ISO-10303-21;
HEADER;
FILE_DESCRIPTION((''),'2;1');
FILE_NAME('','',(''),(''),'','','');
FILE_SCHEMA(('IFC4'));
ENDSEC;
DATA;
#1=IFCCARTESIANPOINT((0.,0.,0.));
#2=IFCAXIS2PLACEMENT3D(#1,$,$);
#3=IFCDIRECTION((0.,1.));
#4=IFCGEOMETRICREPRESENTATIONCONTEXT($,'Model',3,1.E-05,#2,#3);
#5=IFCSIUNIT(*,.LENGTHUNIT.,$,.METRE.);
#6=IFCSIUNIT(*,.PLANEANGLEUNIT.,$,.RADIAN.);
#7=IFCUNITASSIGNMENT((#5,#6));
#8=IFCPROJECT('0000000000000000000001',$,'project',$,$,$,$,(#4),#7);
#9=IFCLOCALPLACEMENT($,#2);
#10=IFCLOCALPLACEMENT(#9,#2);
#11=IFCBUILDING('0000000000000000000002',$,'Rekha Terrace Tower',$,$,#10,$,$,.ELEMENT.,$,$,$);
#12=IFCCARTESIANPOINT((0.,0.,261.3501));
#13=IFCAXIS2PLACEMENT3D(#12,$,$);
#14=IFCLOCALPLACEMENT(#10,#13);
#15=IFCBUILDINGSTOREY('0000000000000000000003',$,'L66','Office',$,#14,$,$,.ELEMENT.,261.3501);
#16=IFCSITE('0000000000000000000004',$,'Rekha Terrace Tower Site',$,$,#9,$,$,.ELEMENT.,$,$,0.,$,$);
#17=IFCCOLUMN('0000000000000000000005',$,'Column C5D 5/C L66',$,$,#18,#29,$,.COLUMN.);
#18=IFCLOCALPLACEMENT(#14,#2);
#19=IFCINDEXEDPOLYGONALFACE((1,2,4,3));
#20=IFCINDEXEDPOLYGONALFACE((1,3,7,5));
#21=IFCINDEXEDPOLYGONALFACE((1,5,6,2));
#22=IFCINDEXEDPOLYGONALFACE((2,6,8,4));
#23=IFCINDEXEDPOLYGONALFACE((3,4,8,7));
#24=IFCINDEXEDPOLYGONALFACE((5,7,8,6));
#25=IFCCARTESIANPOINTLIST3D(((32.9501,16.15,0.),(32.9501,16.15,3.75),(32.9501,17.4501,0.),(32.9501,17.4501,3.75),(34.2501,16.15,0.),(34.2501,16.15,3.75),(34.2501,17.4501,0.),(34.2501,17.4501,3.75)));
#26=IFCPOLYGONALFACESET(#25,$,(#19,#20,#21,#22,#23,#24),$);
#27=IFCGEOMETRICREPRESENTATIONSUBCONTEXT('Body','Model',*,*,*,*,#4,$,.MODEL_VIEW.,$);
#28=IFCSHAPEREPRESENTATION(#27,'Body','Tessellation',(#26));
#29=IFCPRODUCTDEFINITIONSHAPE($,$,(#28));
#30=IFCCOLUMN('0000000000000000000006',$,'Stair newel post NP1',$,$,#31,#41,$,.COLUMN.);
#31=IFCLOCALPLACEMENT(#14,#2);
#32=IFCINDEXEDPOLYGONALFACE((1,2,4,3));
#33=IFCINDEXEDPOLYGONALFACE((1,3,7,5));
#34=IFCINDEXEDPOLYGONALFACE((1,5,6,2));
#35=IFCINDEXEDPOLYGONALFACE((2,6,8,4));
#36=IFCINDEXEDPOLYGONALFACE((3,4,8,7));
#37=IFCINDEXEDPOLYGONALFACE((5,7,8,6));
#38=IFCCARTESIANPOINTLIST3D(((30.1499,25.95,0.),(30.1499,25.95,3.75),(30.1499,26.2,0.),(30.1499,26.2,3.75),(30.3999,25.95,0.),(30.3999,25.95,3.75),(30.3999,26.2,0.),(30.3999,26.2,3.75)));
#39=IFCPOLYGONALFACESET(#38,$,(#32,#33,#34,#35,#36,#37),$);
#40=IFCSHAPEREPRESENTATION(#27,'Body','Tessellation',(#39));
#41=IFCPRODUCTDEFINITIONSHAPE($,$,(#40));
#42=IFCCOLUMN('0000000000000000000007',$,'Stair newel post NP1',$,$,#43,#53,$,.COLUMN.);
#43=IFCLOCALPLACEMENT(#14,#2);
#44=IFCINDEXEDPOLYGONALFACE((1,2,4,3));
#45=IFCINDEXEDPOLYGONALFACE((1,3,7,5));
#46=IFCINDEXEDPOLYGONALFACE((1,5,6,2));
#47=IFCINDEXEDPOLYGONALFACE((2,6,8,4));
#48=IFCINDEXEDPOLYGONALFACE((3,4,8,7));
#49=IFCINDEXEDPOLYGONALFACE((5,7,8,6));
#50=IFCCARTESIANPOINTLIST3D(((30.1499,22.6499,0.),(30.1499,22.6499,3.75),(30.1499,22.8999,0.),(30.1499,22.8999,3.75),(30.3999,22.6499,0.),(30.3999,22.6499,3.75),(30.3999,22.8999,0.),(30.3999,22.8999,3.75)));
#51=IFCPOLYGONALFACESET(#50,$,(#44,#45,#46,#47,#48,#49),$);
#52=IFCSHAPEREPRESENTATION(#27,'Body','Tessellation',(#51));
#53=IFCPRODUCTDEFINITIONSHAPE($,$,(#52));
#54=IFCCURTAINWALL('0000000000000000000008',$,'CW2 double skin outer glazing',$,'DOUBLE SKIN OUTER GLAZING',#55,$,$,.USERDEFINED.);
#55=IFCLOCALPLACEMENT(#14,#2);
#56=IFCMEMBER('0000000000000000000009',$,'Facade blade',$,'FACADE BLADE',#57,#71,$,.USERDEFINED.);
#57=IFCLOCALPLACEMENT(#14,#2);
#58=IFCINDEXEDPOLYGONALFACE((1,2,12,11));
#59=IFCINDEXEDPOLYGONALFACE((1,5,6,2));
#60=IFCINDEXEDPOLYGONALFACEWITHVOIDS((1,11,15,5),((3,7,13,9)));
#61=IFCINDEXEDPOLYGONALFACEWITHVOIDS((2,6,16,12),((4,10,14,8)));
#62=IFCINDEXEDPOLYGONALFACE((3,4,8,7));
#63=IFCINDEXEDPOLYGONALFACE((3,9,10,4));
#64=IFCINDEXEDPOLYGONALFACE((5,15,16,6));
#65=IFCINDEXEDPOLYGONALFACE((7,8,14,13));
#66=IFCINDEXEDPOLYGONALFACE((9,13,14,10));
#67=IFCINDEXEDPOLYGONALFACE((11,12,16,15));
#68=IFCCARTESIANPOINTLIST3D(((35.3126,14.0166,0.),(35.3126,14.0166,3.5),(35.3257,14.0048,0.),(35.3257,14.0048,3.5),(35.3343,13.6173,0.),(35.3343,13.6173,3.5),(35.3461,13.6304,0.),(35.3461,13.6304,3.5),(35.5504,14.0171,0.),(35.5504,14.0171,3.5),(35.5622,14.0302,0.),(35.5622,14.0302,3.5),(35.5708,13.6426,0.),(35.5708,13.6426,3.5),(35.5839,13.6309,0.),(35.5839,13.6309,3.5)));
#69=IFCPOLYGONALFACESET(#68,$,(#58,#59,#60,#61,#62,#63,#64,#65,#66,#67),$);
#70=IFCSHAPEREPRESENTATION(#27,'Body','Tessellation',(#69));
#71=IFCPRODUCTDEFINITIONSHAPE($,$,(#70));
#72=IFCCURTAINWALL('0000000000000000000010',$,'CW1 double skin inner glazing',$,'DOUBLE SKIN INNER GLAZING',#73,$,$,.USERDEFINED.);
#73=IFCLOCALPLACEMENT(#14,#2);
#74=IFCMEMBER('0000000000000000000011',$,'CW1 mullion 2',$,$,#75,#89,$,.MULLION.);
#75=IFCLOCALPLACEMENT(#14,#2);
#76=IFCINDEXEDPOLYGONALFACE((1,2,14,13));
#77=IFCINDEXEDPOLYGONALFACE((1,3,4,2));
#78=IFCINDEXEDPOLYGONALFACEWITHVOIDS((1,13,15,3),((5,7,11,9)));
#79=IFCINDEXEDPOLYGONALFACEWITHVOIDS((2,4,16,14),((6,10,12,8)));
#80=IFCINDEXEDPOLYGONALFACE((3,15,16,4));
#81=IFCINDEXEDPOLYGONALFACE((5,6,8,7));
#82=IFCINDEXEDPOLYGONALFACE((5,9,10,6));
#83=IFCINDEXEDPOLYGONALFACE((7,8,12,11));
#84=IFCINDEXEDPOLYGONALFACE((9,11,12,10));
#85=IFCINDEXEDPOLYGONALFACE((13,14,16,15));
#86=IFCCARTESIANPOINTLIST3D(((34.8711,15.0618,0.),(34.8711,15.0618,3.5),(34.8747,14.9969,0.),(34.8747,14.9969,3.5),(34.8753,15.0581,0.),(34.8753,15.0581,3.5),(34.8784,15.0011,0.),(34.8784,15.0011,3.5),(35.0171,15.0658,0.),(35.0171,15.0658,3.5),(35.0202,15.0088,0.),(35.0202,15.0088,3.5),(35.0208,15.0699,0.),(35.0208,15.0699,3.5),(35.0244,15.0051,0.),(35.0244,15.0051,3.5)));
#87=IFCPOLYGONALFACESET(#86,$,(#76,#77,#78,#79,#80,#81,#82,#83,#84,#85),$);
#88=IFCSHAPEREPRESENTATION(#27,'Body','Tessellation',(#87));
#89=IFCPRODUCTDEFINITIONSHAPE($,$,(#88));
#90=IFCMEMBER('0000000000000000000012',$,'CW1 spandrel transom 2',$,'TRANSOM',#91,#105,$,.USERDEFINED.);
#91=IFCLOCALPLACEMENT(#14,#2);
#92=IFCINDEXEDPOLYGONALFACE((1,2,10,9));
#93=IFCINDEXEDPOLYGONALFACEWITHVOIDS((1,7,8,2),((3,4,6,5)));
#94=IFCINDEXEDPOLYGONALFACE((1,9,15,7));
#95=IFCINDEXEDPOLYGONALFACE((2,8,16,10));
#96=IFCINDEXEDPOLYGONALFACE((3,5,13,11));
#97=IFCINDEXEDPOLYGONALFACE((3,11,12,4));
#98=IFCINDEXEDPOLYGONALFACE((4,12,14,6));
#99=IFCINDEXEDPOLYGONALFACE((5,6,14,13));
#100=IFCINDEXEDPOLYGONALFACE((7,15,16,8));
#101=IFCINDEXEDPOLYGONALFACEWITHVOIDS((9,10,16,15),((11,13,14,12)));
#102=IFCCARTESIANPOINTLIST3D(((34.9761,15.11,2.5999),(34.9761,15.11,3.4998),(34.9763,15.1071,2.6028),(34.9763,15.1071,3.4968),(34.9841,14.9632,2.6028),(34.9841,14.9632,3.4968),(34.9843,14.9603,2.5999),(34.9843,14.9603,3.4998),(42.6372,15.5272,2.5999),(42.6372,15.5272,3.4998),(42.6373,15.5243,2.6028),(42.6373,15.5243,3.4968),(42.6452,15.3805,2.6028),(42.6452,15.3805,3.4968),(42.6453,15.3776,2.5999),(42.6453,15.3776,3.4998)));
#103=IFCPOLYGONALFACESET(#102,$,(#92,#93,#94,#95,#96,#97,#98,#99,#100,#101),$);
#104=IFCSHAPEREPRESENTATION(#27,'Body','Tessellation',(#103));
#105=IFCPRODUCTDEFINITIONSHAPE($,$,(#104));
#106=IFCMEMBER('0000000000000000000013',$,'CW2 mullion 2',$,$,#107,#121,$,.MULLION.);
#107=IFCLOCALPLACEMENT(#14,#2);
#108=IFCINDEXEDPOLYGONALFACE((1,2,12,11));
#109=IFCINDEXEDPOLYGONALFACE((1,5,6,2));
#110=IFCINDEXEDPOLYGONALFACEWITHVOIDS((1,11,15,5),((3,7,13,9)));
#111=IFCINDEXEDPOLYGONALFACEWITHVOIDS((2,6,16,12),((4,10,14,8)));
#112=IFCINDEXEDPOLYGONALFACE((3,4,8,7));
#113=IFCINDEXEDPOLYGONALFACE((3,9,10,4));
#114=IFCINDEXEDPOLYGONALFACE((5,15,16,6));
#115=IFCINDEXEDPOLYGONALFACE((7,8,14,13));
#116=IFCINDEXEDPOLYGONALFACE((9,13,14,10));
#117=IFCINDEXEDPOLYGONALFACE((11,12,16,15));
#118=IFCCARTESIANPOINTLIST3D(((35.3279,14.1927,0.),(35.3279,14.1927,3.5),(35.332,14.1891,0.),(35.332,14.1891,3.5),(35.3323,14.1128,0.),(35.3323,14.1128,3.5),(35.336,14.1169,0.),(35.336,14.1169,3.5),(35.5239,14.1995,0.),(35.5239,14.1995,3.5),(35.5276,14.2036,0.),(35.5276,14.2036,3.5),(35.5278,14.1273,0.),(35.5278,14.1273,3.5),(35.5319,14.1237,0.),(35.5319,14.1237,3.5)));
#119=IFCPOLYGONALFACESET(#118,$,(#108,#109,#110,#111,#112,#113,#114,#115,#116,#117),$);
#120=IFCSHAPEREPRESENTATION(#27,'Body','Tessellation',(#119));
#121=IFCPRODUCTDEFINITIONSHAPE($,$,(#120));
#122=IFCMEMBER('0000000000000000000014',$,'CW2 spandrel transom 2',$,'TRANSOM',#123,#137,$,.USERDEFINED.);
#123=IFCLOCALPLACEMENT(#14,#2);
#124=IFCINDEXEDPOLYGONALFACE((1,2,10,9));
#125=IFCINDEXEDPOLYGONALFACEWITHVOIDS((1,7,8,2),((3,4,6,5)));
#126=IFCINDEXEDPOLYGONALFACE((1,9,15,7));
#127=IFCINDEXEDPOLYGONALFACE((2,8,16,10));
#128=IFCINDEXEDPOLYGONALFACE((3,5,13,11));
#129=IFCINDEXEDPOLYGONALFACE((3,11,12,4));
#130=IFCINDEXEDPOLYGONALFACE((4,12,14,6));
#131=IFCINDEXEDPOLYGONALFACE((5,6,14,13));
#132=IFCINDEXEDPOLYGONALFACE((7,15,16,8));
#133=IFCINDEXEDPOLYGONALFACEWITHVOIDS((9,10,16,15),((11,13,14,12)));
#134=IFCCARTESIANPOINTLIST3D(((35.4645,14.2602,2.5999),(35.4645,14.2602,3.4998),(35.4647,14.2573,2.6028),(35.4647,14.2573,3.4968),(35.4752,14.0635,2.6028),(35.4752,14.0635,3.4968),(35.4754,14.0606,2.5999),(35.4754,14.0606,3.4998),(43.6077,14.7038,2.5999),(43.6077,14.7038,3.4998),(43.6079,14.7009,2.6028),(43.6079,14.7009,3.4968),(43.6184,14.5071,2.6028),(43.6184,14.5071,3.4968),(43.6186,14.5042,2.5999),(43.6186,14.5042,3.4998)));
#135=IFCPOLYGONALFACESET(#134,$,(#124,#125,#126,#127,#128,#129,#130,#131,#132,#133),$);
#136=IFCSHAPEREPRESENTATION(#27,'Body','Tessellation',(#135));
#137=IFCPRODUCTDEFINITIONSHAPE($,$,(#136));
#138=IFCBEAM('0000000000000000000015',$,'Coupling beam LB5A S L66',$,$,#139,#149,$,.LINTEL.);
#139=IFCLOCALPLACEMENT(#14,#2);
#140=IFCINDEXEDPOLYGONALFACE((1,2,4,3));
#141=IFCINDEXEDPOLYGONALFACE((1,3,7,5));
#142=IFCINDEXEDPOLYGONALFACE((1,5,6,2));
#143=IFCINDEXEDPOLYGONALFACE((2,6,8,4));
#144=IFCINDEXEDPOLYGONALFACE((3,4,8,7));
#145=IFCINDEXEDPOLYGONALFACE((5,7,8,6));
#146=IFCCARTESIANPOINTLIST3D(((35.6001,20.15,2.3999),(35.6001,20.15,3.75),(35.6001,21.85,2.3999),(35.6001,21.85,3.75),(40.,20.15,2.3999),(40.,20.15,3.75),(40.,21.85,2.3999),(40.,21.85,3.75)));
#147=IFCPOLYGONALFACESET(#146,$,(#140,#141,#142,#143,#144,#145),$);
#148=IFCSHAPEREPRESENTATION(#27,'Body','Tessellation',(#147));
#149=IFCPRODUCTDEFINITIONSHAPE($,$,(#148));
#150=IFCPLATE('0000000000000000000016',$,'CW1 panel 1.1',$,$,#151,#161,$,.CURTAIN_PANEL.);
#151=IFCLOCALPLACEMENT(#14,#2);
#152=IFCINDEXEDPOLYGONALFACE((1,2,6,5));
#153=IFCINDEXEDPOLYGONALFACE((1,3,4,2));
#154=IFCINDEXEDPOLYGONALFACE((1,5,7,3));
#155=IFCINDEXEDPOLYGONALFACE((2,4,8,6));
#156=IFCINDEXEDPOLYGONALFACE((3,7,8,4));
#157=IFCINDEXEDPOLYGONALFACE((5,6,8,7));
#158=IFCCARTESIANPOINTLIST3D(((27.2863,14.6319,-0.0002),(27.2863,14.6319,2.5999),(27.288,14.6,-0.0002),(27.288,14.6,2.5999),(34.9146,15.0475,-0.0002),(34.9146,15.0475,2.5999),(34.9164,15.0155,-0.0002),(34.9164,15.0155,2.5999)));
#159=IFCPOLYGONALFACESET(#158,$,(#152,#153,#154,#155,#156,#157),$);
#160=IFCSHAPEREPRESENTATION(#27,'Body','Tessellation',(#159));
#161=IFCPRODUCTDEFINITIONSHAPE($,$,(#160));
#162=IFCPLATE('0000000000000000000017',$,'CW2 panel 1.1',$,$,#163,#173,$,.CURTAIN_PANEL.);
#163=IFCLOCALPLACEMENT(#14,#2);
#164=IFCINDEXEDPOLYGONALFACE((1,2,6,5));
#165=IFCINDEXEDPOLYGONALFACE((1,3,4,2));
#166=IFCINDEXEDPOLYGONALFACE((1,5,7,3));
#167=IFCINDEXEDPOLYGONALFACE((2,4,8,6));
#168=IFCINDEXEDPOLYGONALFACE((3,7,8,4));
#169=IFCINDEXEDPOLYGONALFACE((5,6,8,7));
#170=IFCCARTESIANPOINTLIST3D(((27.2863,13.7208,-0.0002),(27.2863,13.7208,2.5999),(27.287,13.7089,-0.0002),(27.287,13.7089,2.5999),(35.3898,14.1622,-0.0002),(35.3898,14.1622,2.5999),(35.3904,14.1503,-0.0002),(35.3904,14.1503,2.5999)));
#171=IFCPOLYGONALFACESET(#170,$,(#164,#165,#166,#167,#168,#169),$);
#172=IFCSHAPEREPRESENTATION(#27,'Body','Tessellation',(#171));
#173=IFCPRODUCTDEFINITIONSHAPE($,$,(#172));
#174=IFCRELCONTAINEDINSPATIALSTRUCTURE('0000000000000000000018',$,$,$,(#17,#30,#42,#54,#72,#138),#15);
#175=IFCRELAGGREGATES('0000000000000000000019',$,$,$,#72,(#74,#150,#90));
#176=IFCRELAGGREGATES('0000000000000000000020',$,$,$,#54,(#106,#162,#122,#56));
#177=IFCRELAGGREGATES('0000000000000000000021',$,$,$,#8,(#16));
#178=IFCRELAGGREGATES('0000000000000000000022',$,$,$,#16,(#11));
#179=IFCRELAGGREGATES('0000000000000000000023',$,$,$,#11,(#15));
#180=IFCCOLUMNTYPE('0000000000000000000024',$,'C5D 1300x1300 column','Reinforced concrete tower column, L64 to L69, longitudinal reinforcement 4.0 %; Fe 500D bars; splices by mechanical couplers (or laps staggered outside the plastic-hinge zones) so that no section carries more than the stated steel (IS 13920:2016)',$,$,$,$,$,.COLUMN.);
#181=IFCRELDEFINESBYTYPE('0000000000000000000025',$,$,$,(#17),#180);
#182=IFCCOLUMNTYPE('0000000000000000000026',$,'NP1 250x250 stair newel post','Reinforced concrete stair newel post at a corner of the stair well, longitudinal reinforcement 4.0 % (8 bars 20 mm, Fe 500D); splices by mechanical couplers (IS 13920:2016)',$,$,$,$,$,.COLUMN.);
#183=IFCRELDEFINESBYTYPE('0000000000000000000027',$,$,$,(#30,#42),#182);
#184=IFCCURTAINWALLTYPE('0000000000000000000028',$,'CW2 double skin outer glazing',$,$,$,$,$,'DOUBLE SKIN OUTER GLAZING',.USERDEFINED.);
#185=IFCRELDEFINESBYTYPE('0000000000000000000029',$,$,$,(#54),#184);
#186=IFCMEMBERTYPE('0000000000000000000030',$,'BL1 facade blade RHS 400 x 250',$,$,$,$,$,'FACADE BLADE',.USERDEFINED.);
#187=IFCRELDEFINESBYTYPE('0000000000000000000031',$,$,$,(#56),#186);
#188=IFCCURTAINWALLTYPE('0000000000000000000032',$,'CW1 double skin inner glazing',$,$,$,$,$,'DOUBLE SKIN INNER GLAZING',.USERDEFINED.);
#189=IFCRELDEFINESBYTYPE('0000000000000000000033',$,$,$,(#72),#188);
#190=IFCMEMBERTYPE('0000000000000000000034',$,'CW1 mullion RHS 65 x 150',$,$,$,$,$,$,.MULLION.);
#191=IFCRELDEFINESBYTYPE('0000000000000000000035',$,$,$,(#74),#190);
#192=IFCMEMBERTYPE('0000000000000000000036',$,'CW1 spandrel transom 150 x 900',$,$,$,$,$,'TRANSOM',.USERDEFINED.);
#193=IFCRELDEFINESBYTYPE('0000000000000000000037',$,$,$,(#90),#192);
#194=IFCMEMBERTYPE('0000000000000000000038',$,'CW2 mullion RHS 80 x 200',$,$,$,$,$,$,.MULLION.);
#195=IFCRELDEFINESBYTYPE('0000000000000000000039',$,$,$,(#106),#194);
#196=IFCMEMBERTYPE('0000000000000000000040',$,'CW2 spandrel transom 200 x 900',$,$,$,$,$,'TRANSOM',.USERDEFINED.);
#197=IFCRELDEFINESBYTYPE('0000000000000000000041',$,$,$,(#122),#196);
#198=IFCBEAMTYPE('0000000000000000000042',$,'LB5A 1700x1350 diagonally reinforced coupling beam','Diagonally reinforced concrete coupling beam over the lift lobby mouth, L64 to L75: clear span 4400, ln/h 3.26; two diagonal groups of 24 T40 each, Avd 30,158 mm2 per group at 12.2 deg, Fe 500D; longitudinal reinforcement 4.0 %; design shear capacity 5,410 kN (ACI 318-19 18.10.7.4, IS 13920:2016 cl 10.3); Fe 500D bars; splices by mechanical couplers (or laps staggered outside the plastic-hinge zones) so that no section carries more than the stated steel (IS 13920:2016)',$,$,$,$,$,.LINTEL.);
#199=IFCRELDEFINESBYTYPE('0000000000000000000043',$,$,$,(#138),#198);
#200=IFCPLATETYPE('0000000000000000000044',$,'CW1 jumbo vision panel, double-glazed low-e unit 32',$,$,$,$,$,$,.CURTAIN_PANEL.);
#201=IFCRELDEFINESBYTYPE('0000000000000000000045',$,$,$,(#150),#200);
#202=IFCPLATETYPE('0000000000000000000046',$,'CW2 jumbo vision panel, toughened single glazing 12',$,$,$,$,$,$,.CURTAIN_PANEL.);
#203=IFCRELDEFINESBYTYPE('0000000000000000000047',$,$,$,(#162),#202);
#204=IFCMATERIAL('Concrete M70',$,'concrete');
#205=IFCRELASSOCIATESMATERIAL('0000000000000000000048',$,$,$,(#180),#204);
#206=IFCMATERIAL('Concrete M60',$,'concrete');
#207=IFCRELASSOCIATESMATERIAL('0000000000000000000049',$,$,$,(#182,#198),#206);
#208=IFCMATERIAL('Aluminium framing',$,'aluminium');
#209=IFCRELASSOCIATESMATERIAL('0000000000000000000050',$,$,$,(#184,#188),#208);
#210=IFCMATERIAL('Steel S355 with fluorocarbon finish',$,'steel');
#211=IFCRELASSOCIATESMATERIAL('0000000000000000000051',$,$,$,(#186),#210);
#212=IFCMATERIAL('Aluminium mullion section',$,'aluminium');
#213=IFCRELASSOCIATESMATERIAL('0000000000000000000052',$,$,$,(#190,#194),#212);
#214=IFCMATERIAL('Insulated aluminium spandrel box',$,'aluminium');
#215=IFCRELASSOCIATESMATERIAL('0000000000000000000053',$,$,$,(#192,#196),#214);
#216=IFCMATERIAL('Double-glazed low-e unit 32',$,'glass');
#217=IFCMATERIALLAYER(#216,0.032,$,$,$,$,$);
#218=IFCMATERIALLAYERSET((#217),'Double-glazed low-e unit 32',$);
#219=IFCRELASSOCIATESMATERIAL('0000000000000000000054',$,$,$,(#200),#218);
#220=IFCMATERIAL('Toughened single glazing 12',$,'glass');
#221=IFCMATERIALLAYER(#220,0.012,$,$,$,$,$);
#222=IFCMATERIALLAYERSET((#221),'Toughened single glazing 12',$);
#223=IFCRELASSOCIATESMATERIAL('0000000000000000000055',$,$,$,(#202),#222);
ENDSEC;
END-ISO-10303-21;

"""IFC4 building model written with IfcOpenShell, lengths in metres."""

from ifc_helpers import new_model, si_unit, direction, frame, origin, origin_2d, place, context, subcontext, project, spatial, rectangle, hollow_rectangle, extrude, material, layer, layer_set, material_profile, profile_set, type_object, element, aggregate, save


model = new_model("IFC4")

# Units and contexts
model_context = context("Model", 3, precision=1e-05, world=origin(), true_north=direction((0.0, 1.0)))
body_context = subcontext(model_context, "Body", "Model", "MODEL_VIEW")
ifc_project = project(units=[si_unit("LENGTHUNIT", "METRE"), si_unit("PLANEANGLEUNIT", "RADIAN")], contexts=[model_context])

# Site, building, storey
site_placement = place(None, origin())
site = spatial("IfcSite", under=ifc_project, at=site_placement, Name="Rekha Terrace Tower Site", CompositionType="ELEMENT", RefElevation=0.0)
building_placement = place(site_placement, origin())
building = spatial("IfcBuilding", under=site, at=building_placement, Name="Rekha Terrace Tower", CompositionType="ELEMENT")
storey_placement = place(building_placement, frame((0.0, 0.0, 261.3501)))
storey = spatial("IfcBuildingStorey", under=building, at=storey_placement, Name="L66", Description="Office", CompositionType="ELEMENT", Elevation=261.3501)

# Columns
ifc_material_1 = material(Name="Concrete M70", Category="concrete")
ifc_material_profile_1 = material_profile(ifc_material_1, rectangle(XDim=1.3, YDim=1.3, at=origin_2d()), Name="RC 1300x1300")
ifc_profile_set_1 = profile_set([ifc_material_profile_1], Name="Concrete M70")
column_type_1 = type_object("IfcColumnType", Name="C5D 1300x1300 column", Description="Reinforced concrete tower column, L64 to L69, longitudinal reinforcement 4.0 %; Fe 500D bars; splices by mechanical couplers (or laps staggered outside the plastic-hinge zones) so that no section carries more than the stated steel (IS 13920:2016)", PredefinedType="COLUMN", material=ifc_profile_set_1)
column_placement = place(storey_placement, frame((33.6001, 16.8, 0.0), z_axis=(0.0, 0.0, 1.0), x_axis=(1.0, 0.0, 0.0)))
element("IfcColumn", 1, at=column_placement, inside=storey, type_object=column_type_1, Name="Column C5D 5/C L66", PredefinedType="COLUMN", context=body_context, shape_type="SweptSolid", body=[
    extrude(rectangle(XDim=1.3, YDim=1.3, at=origin_2d()), origin(), (0.0, 0.0, 1.0), 3.75),
])
ifc_material_2 = material(Name="Concrete M60", Category="concrete")
ifc_material_profile_2 = material_profile(ifc_material_2, rectangle(XDim=0.25, YDim=0.25, at=origin_2d()), Name="RC 250x250")
ifc_profile_set_2 = profile_set([ifc_material_profile_2], Name="Concrete M60")
column_type_2 = type_object("IfcColumnType", Name="NP1 250x250 stair newel post", Description="Reinforced concrete stair newel post at a corner of the stair well, longitudinal reinforcement 4.0 % (8 bars 20 mm, Fe 500D); splices by mechanical couplers (IS 13920:2016)", PredefinedType="COLUMN", material=ifc_profile_set_2)
for number, where, z_axis, x_axis, name in (
    (2, (30.2749, 26.075, 0.0), (0.0, 0.0, 1.0), (1.0, 0.0, 0.0), "Stair newel post NP1"),
    (3, (30.2749, 22.7749, 0.0), (0.0, 0.0, 1.0), (1.0, 0.0, 0.0), "Stair newel post NP1"),
):
    element("IfcColumn", number, at=place(storey_placement, frame(where, z_axis=z_axis, x_axis=x_axis)), inside=storey, type_object=column_type_2, Name=name, PredefinedType="COLUMN", context=body_context, shape_type="SweptSolid", body=[
        extrude(rectangle(XDim=0.25, YDim=0.25, at=origin_2d()), origin(), (0.0, 0.0, 1.0), 3.75),
    ])

# Curtain wall, member
ifc_material_3 = material(Name="Aluminium framing", Category="aluminium")
curtain_wall_type_1 = type_object("IfcCurtainWallType", Name="CW2 double skin outer glazing", ElementType="DOUBLE SKIN OUTER GLAZING", PredefinedType="USERDEFINED", material=ifc_material_3)
curtain_wall_1_placement = place(storey_placement, origin())
curtain_wall_1 = element("IfcCurtainWall", 4, at=curtain_wall_1_placement, inside=storey, type_object=curtain_wall_type_1, Name="CW2 double skin outer glazing", ObjectType="DOUBLE SKIN OUTER GLAZING", PredefinedType="USERDEFINED")
ifc_material_4 = material(Name="Steel S355 with fluorocarbon finish", Category="steel")
ifc_material_profile_3 = material_profile(ifc_material_4, hollow_rectangle(XDim=0.25, YDim=0.3999, WallThickness=0.0125, at=origin_2d()), Name="RHS400x250x12.5")
ifc_profile_set_3 = profile_set([ifc_material_profile_3], Name="Steel S355 with fluorocarbon finish")
member_type_1 = type_object("IfcMemberType", Name="BL1 facade blade RHS 400 x 250", ElementType="FACADE BLADE", PredefinedType="USERDEFINED", material=ifc_profile_set_3)
member_1_placement = place(storey_placement, frame((35.4482, 13.8237, 0.0), z_axis=(0.0, 0.0, 1.0), x_axis=(0.99852, 0.054389, 0.0)))
member_1 = element("IfcMember", 5, at=member_1_placement, type_object=member_type_1, Name="Facade blade", ObjectType="FACADE BLADE", PredefinedType="USERDEFINED", context=body_context, shape_type="SweptSolid", body=[
    extrude(hollow_rectangle(XDim=0.25, YDim=0.3999, WallThickness=0.0125, at=origin_2d()), origin(), (0.0, 0.0, 1.0), 3.5),
])

# Curtain wall, members
curtain_wall_type_2 = type_object("IfcCurtainWallType", Name="CW1 double skin inner glazing", ElementType="DOUBLE SKIN INNER GLAZING", PredefinedType="USERDEFINED", material=ifc_material_3)
curtain_wall_2_placement = place(storey_placement, origin())
curtain_wall_2 = element("IfcCurtainWall", 6, at=curtain_wall_2_placement, inside=storey, type_object=curtain_wall_type_2, Name="CW1 double skin inner glazing", ObjectType="DOUBLE SKIN INNER GLAZING", PredefinedType="USERDEFINED")
ifc_material_5 = material(Name="Aluminium mullion section", Category="aluminium")
ifc_material_profile_4 = material_profile(ifc_material_5, hollow_rectangle(XDim=0.0649, YDim=0.1499, WallThickness=0.0039, at=origin_2d()), Name="AL RHS 65x150")
ifc_profile_set_4 = profile_set([ifc_material_profile_4], Name="Aluminium mullion section")
member_type_2 = type_object("IfcMemberType", Name="CW1 mullion RHS 65 x 150", PredefinedType="MULLION", material=ifc_profile_set_4)
member_2_placement = place(storey_placement, frame((34.9478, 15.0334, 0.0), z_axis=(0.0, 0.0, 1.0), x_axis=(-0.054389, 0.99852, 0.0)))
member_2 = element("IfcMember", 7, at=member_2_placement, type_object=member_type_2, Name="CW1 mullion 2", PredefinedType="MULLION", context=body_context, shape_type="SweptSolid", body=[
    extrude(hollow_rectangle(XDim=0.0649, YDim=0.1499, WallThickness=0.0039, at=origin_2d()), origin(), (0.0, 0.0, 1.0), 3.5),
])
ifc_material_6 = material(Name="Insulated aluminium spandrel box", Category="aluminium")
ifc_material_profile_5 = material_profile(ifc_material_6, hollow_rectangle(XDim=0.1499, YDim=0.8999, WallThickness=0.0029, at=origin_2d()), Name="AL SPANDREL BOX 150x900")
ifc_profile_set_5 = profile_set([ifc_material_profile_5], Name="Insulated aluminium spandrel box")
member_type_3 = type_object("IfcMemberType", Name="CW1 spandrel transom 150 x 900", ElementType="TRANSOM", PredefinedType="USERDEFINED", material=ifc_profile_set_5)
member_3_placement = place(storey_placement, frame((34.9802, 15.0352, 3.0498), z_axis=(0.99852, 0.054383, 0.0), x_axis=(-0.054383, 0.99852, 0.0)))
member_3 = element("IfcMember", 8, at=member_3_placement, type_object=member_type_3, Name="CW1 spandrel transom 2", ObjectType="TRANSOM", PredefinedType="USERDEFINED", context=body_context, shape_type="SweptSolid", body=[
    extrude(hollow_rectangle(XDim=0.1499, YDim=0.8999, WallThickness=0.0029, at=origin_2d()), origin(), (0.0, 0.0, 1.0), 7.6724),
])

# Members
ifc_material_profile_6 = material_profile(ifc_material_5, hollow_rectangle(XDim=0.0801, YDim=0.2, WallThickness=0.0039, at=origin_2d()), Name="AL RHS 80x200")
ifc_profile_set_6 = profile_set([ifc_material_profile_6], Name="Aluminium mullion section")
member_type_4 = type_object("IfcMemberType", Name="CW2 mullion RHS 80 x 200", PredefinedType="MULLION", material=ifc_profile_set_6)
member_4_placement = place(storey_placement, frame((35.4299, 14.1582, 0.0), z_axis=(0.0, 0.0, 1.0), x_axis=(-0.054389, 0.99852, 0.0)))
member_4 = element("IfcMember", 9, at=member_4_placement, type_object=member_type_4, Name="CW2 mullion 2", PredefinedType="MULLION", context=body_context, shape_type="SweptSolid", body=[
    extrude(hollow_rectangle(XDim=0.0801, YDim=0.2, WallThickness=0.0039, at=origin_2d()), origin(), (0.0, 0.0, 1.0), 3.5),
])
ifc_material_profile_7 = material_profile(ifc_material_6, hollow_rectangle(XDim=0.2, YDim=0.8999, WallThickness=0.0029, at=origin_2d()), Name="AL SPANDREL BOX 200x900")
ifc_profile_set_7 = profile_set([ifc_material_profile_7], Name="Insulated aluminium spandrel box")
member_type_5 = type_object("IfcMemberType", Name="CW2 spandrel transom 200 x 900", ElementType="TRANSOM", PredefinedType="USERDEFINED", material=ifc_profile_set_7)
member_5_placement = place(storey_placement, frame((35.47, 14.1604, 3.0498), z_axis=(0.99852, 0.054394, 0.0), x_axis=(-0.054394, 0.99852, 0.0)))
member_5 = element("IfcMember", 10, at=member_5_placement, type_object=member_type_5, Name="CW2 spandrel transom 2", ObjectType="TRANSOM", PredefinedType="USERDEFINED", context=body_context, shape_type="SweptSolid", body=[
    extrude(hollow_rectangle(XDim=0.2, YDim=0.8999, WallThickness=0.0029, at=origin_2d()), origin(), (0.0, 0.0, 1.0), 8.1553),
])

# Beam
ifc_material_profile_8 = material_profile(ifc_material_2, rectangle(XDim=1.7, YDim=1.3501, at=origin_2d()), Name="RC 1700x1350")
ifc_profile_set_8 = profile_set([ifc_material_profile_8], Name="Concrete M60")
beam_type = type_object("IfcBeamType", Name="LB5A 1700x1350 diagonally reinforced coupling beam", Description="Diagonally reinforced concrete coupling beam over the lift lobby mouth, L64 to L75: clear span 4400, ln/h 3.26; two diagonal groups of 24 T40 each, Avd 30,158 mm2 per group at 12.2 deg, Fe 500D; longitudinal reinforcement 4.0 %; design shear capacity 5,410 kN (ACI 318-19 18.10.7.4, IS 13920:2016 cl 10.3); Fe 500D bars; splices by mechanical couplers (or laps staggered outside the plastic-hinge zones) so that no section carries more than the stated steel (IS 13920:2016)", PredefinedType="LINTEL", material=ifc_profile_set_8)
beam_placement = place(storey_placement, frame((35.6001, 21.0, 3.075), z_axis=(1.0, 0.0, 0.0), x_axis=(0.0, 1.0, 0.0)))
element("IfcBeam", 11, at=beam_placement, inside=storey, type_object=beam_type, Name="Coupling beam LB5A S L66", PredefinedType="LINTEL", context=body_context, shape_type="SweptSolid", body=[
    extrude(rectangle(XDim=1.7, YDim=1.3501, at=origin_2d()), origin(), (0.0, 0.0, 1.0), 4.3999),
])

# Plates
ifc_material_7 = material(Name="Double-glazed low-e unit 32", Category="glass")
ifc_layer_1 = layer(ifc_material_7, 0.032)
ifc_layer_set_1 = layer_set([ifc_layer_1], Name="Double-glazed low-e unit 32")
plate_type_1 = type_object("IfcPlateType", Name="CW1 jumbo vision panel, double-glazed low-e unit 32", PredefinedType="CURTAIN_PANEL", material=ifc_layer_set_1)
plate_1_placement = place(storey_placement, frame((31.1013, 14.8237, -0.0002), z_axis=(0.0, 0.0, 1.0), x_axis=(0.99852, 0.054389, 0.0)))
plate_1 = element("IfcPlate", 12, at=plate_1_placement, type_object=plate_type_1, Name="CW1 panel 1.1", PredefinedType="CURTAIN_PANEL", context=body_context, shape_type="SweptSolid", body=[
    extrude(rectangle(XDim=7.6396, YDim=0.032, at=origin_2d()), origin(), (0.0, 0.0, 1.0), 2.6001),
])
aggregate(curtain_wall_2, [member_2, plate_1, member_3])
ifc_material_8 = material(Name="Toughened single glazing 12", Category="glass")
ifc_layer_2 = layer(ifc_material_8, 0.012)
ifc_layer_set_2 = layer_set([ifc_layer_2], Name="Toughened single glazing 12")
plate_type_2 = type_object("IfcPlateType", Name="CW2 jumbo vision panel, toughened single glazing 12", PredefinedType="CURTAIN_PANEL", material=ifc_layer_set_2)
plate_2_placement = place(storey_placement, frame((31.3384, 13.9355, -0.0002), z_axis=(0.0, 0.0, 1.0), x_axis=(0.99852, 0.054389, 0.0)))
plate_2 = element("IfcPlate", 13, at=plate_2_placement, type_object=plate_type_2, Name="CW2 panel 1.1", PredefinedType="CURTAIN_PANEL", context=body_context, shape_type="SweptSolid", body=[
    extrude(rectangle(XDim=8.1155, YDim=0.012, at=origin_2d()), origin(), (0.0, 0.0, 1.0), 2.6001),
])
aggregate(curtain_wall_1, [member_4, plate_2, member_5, member_1])

save(model, "model.ifc")
